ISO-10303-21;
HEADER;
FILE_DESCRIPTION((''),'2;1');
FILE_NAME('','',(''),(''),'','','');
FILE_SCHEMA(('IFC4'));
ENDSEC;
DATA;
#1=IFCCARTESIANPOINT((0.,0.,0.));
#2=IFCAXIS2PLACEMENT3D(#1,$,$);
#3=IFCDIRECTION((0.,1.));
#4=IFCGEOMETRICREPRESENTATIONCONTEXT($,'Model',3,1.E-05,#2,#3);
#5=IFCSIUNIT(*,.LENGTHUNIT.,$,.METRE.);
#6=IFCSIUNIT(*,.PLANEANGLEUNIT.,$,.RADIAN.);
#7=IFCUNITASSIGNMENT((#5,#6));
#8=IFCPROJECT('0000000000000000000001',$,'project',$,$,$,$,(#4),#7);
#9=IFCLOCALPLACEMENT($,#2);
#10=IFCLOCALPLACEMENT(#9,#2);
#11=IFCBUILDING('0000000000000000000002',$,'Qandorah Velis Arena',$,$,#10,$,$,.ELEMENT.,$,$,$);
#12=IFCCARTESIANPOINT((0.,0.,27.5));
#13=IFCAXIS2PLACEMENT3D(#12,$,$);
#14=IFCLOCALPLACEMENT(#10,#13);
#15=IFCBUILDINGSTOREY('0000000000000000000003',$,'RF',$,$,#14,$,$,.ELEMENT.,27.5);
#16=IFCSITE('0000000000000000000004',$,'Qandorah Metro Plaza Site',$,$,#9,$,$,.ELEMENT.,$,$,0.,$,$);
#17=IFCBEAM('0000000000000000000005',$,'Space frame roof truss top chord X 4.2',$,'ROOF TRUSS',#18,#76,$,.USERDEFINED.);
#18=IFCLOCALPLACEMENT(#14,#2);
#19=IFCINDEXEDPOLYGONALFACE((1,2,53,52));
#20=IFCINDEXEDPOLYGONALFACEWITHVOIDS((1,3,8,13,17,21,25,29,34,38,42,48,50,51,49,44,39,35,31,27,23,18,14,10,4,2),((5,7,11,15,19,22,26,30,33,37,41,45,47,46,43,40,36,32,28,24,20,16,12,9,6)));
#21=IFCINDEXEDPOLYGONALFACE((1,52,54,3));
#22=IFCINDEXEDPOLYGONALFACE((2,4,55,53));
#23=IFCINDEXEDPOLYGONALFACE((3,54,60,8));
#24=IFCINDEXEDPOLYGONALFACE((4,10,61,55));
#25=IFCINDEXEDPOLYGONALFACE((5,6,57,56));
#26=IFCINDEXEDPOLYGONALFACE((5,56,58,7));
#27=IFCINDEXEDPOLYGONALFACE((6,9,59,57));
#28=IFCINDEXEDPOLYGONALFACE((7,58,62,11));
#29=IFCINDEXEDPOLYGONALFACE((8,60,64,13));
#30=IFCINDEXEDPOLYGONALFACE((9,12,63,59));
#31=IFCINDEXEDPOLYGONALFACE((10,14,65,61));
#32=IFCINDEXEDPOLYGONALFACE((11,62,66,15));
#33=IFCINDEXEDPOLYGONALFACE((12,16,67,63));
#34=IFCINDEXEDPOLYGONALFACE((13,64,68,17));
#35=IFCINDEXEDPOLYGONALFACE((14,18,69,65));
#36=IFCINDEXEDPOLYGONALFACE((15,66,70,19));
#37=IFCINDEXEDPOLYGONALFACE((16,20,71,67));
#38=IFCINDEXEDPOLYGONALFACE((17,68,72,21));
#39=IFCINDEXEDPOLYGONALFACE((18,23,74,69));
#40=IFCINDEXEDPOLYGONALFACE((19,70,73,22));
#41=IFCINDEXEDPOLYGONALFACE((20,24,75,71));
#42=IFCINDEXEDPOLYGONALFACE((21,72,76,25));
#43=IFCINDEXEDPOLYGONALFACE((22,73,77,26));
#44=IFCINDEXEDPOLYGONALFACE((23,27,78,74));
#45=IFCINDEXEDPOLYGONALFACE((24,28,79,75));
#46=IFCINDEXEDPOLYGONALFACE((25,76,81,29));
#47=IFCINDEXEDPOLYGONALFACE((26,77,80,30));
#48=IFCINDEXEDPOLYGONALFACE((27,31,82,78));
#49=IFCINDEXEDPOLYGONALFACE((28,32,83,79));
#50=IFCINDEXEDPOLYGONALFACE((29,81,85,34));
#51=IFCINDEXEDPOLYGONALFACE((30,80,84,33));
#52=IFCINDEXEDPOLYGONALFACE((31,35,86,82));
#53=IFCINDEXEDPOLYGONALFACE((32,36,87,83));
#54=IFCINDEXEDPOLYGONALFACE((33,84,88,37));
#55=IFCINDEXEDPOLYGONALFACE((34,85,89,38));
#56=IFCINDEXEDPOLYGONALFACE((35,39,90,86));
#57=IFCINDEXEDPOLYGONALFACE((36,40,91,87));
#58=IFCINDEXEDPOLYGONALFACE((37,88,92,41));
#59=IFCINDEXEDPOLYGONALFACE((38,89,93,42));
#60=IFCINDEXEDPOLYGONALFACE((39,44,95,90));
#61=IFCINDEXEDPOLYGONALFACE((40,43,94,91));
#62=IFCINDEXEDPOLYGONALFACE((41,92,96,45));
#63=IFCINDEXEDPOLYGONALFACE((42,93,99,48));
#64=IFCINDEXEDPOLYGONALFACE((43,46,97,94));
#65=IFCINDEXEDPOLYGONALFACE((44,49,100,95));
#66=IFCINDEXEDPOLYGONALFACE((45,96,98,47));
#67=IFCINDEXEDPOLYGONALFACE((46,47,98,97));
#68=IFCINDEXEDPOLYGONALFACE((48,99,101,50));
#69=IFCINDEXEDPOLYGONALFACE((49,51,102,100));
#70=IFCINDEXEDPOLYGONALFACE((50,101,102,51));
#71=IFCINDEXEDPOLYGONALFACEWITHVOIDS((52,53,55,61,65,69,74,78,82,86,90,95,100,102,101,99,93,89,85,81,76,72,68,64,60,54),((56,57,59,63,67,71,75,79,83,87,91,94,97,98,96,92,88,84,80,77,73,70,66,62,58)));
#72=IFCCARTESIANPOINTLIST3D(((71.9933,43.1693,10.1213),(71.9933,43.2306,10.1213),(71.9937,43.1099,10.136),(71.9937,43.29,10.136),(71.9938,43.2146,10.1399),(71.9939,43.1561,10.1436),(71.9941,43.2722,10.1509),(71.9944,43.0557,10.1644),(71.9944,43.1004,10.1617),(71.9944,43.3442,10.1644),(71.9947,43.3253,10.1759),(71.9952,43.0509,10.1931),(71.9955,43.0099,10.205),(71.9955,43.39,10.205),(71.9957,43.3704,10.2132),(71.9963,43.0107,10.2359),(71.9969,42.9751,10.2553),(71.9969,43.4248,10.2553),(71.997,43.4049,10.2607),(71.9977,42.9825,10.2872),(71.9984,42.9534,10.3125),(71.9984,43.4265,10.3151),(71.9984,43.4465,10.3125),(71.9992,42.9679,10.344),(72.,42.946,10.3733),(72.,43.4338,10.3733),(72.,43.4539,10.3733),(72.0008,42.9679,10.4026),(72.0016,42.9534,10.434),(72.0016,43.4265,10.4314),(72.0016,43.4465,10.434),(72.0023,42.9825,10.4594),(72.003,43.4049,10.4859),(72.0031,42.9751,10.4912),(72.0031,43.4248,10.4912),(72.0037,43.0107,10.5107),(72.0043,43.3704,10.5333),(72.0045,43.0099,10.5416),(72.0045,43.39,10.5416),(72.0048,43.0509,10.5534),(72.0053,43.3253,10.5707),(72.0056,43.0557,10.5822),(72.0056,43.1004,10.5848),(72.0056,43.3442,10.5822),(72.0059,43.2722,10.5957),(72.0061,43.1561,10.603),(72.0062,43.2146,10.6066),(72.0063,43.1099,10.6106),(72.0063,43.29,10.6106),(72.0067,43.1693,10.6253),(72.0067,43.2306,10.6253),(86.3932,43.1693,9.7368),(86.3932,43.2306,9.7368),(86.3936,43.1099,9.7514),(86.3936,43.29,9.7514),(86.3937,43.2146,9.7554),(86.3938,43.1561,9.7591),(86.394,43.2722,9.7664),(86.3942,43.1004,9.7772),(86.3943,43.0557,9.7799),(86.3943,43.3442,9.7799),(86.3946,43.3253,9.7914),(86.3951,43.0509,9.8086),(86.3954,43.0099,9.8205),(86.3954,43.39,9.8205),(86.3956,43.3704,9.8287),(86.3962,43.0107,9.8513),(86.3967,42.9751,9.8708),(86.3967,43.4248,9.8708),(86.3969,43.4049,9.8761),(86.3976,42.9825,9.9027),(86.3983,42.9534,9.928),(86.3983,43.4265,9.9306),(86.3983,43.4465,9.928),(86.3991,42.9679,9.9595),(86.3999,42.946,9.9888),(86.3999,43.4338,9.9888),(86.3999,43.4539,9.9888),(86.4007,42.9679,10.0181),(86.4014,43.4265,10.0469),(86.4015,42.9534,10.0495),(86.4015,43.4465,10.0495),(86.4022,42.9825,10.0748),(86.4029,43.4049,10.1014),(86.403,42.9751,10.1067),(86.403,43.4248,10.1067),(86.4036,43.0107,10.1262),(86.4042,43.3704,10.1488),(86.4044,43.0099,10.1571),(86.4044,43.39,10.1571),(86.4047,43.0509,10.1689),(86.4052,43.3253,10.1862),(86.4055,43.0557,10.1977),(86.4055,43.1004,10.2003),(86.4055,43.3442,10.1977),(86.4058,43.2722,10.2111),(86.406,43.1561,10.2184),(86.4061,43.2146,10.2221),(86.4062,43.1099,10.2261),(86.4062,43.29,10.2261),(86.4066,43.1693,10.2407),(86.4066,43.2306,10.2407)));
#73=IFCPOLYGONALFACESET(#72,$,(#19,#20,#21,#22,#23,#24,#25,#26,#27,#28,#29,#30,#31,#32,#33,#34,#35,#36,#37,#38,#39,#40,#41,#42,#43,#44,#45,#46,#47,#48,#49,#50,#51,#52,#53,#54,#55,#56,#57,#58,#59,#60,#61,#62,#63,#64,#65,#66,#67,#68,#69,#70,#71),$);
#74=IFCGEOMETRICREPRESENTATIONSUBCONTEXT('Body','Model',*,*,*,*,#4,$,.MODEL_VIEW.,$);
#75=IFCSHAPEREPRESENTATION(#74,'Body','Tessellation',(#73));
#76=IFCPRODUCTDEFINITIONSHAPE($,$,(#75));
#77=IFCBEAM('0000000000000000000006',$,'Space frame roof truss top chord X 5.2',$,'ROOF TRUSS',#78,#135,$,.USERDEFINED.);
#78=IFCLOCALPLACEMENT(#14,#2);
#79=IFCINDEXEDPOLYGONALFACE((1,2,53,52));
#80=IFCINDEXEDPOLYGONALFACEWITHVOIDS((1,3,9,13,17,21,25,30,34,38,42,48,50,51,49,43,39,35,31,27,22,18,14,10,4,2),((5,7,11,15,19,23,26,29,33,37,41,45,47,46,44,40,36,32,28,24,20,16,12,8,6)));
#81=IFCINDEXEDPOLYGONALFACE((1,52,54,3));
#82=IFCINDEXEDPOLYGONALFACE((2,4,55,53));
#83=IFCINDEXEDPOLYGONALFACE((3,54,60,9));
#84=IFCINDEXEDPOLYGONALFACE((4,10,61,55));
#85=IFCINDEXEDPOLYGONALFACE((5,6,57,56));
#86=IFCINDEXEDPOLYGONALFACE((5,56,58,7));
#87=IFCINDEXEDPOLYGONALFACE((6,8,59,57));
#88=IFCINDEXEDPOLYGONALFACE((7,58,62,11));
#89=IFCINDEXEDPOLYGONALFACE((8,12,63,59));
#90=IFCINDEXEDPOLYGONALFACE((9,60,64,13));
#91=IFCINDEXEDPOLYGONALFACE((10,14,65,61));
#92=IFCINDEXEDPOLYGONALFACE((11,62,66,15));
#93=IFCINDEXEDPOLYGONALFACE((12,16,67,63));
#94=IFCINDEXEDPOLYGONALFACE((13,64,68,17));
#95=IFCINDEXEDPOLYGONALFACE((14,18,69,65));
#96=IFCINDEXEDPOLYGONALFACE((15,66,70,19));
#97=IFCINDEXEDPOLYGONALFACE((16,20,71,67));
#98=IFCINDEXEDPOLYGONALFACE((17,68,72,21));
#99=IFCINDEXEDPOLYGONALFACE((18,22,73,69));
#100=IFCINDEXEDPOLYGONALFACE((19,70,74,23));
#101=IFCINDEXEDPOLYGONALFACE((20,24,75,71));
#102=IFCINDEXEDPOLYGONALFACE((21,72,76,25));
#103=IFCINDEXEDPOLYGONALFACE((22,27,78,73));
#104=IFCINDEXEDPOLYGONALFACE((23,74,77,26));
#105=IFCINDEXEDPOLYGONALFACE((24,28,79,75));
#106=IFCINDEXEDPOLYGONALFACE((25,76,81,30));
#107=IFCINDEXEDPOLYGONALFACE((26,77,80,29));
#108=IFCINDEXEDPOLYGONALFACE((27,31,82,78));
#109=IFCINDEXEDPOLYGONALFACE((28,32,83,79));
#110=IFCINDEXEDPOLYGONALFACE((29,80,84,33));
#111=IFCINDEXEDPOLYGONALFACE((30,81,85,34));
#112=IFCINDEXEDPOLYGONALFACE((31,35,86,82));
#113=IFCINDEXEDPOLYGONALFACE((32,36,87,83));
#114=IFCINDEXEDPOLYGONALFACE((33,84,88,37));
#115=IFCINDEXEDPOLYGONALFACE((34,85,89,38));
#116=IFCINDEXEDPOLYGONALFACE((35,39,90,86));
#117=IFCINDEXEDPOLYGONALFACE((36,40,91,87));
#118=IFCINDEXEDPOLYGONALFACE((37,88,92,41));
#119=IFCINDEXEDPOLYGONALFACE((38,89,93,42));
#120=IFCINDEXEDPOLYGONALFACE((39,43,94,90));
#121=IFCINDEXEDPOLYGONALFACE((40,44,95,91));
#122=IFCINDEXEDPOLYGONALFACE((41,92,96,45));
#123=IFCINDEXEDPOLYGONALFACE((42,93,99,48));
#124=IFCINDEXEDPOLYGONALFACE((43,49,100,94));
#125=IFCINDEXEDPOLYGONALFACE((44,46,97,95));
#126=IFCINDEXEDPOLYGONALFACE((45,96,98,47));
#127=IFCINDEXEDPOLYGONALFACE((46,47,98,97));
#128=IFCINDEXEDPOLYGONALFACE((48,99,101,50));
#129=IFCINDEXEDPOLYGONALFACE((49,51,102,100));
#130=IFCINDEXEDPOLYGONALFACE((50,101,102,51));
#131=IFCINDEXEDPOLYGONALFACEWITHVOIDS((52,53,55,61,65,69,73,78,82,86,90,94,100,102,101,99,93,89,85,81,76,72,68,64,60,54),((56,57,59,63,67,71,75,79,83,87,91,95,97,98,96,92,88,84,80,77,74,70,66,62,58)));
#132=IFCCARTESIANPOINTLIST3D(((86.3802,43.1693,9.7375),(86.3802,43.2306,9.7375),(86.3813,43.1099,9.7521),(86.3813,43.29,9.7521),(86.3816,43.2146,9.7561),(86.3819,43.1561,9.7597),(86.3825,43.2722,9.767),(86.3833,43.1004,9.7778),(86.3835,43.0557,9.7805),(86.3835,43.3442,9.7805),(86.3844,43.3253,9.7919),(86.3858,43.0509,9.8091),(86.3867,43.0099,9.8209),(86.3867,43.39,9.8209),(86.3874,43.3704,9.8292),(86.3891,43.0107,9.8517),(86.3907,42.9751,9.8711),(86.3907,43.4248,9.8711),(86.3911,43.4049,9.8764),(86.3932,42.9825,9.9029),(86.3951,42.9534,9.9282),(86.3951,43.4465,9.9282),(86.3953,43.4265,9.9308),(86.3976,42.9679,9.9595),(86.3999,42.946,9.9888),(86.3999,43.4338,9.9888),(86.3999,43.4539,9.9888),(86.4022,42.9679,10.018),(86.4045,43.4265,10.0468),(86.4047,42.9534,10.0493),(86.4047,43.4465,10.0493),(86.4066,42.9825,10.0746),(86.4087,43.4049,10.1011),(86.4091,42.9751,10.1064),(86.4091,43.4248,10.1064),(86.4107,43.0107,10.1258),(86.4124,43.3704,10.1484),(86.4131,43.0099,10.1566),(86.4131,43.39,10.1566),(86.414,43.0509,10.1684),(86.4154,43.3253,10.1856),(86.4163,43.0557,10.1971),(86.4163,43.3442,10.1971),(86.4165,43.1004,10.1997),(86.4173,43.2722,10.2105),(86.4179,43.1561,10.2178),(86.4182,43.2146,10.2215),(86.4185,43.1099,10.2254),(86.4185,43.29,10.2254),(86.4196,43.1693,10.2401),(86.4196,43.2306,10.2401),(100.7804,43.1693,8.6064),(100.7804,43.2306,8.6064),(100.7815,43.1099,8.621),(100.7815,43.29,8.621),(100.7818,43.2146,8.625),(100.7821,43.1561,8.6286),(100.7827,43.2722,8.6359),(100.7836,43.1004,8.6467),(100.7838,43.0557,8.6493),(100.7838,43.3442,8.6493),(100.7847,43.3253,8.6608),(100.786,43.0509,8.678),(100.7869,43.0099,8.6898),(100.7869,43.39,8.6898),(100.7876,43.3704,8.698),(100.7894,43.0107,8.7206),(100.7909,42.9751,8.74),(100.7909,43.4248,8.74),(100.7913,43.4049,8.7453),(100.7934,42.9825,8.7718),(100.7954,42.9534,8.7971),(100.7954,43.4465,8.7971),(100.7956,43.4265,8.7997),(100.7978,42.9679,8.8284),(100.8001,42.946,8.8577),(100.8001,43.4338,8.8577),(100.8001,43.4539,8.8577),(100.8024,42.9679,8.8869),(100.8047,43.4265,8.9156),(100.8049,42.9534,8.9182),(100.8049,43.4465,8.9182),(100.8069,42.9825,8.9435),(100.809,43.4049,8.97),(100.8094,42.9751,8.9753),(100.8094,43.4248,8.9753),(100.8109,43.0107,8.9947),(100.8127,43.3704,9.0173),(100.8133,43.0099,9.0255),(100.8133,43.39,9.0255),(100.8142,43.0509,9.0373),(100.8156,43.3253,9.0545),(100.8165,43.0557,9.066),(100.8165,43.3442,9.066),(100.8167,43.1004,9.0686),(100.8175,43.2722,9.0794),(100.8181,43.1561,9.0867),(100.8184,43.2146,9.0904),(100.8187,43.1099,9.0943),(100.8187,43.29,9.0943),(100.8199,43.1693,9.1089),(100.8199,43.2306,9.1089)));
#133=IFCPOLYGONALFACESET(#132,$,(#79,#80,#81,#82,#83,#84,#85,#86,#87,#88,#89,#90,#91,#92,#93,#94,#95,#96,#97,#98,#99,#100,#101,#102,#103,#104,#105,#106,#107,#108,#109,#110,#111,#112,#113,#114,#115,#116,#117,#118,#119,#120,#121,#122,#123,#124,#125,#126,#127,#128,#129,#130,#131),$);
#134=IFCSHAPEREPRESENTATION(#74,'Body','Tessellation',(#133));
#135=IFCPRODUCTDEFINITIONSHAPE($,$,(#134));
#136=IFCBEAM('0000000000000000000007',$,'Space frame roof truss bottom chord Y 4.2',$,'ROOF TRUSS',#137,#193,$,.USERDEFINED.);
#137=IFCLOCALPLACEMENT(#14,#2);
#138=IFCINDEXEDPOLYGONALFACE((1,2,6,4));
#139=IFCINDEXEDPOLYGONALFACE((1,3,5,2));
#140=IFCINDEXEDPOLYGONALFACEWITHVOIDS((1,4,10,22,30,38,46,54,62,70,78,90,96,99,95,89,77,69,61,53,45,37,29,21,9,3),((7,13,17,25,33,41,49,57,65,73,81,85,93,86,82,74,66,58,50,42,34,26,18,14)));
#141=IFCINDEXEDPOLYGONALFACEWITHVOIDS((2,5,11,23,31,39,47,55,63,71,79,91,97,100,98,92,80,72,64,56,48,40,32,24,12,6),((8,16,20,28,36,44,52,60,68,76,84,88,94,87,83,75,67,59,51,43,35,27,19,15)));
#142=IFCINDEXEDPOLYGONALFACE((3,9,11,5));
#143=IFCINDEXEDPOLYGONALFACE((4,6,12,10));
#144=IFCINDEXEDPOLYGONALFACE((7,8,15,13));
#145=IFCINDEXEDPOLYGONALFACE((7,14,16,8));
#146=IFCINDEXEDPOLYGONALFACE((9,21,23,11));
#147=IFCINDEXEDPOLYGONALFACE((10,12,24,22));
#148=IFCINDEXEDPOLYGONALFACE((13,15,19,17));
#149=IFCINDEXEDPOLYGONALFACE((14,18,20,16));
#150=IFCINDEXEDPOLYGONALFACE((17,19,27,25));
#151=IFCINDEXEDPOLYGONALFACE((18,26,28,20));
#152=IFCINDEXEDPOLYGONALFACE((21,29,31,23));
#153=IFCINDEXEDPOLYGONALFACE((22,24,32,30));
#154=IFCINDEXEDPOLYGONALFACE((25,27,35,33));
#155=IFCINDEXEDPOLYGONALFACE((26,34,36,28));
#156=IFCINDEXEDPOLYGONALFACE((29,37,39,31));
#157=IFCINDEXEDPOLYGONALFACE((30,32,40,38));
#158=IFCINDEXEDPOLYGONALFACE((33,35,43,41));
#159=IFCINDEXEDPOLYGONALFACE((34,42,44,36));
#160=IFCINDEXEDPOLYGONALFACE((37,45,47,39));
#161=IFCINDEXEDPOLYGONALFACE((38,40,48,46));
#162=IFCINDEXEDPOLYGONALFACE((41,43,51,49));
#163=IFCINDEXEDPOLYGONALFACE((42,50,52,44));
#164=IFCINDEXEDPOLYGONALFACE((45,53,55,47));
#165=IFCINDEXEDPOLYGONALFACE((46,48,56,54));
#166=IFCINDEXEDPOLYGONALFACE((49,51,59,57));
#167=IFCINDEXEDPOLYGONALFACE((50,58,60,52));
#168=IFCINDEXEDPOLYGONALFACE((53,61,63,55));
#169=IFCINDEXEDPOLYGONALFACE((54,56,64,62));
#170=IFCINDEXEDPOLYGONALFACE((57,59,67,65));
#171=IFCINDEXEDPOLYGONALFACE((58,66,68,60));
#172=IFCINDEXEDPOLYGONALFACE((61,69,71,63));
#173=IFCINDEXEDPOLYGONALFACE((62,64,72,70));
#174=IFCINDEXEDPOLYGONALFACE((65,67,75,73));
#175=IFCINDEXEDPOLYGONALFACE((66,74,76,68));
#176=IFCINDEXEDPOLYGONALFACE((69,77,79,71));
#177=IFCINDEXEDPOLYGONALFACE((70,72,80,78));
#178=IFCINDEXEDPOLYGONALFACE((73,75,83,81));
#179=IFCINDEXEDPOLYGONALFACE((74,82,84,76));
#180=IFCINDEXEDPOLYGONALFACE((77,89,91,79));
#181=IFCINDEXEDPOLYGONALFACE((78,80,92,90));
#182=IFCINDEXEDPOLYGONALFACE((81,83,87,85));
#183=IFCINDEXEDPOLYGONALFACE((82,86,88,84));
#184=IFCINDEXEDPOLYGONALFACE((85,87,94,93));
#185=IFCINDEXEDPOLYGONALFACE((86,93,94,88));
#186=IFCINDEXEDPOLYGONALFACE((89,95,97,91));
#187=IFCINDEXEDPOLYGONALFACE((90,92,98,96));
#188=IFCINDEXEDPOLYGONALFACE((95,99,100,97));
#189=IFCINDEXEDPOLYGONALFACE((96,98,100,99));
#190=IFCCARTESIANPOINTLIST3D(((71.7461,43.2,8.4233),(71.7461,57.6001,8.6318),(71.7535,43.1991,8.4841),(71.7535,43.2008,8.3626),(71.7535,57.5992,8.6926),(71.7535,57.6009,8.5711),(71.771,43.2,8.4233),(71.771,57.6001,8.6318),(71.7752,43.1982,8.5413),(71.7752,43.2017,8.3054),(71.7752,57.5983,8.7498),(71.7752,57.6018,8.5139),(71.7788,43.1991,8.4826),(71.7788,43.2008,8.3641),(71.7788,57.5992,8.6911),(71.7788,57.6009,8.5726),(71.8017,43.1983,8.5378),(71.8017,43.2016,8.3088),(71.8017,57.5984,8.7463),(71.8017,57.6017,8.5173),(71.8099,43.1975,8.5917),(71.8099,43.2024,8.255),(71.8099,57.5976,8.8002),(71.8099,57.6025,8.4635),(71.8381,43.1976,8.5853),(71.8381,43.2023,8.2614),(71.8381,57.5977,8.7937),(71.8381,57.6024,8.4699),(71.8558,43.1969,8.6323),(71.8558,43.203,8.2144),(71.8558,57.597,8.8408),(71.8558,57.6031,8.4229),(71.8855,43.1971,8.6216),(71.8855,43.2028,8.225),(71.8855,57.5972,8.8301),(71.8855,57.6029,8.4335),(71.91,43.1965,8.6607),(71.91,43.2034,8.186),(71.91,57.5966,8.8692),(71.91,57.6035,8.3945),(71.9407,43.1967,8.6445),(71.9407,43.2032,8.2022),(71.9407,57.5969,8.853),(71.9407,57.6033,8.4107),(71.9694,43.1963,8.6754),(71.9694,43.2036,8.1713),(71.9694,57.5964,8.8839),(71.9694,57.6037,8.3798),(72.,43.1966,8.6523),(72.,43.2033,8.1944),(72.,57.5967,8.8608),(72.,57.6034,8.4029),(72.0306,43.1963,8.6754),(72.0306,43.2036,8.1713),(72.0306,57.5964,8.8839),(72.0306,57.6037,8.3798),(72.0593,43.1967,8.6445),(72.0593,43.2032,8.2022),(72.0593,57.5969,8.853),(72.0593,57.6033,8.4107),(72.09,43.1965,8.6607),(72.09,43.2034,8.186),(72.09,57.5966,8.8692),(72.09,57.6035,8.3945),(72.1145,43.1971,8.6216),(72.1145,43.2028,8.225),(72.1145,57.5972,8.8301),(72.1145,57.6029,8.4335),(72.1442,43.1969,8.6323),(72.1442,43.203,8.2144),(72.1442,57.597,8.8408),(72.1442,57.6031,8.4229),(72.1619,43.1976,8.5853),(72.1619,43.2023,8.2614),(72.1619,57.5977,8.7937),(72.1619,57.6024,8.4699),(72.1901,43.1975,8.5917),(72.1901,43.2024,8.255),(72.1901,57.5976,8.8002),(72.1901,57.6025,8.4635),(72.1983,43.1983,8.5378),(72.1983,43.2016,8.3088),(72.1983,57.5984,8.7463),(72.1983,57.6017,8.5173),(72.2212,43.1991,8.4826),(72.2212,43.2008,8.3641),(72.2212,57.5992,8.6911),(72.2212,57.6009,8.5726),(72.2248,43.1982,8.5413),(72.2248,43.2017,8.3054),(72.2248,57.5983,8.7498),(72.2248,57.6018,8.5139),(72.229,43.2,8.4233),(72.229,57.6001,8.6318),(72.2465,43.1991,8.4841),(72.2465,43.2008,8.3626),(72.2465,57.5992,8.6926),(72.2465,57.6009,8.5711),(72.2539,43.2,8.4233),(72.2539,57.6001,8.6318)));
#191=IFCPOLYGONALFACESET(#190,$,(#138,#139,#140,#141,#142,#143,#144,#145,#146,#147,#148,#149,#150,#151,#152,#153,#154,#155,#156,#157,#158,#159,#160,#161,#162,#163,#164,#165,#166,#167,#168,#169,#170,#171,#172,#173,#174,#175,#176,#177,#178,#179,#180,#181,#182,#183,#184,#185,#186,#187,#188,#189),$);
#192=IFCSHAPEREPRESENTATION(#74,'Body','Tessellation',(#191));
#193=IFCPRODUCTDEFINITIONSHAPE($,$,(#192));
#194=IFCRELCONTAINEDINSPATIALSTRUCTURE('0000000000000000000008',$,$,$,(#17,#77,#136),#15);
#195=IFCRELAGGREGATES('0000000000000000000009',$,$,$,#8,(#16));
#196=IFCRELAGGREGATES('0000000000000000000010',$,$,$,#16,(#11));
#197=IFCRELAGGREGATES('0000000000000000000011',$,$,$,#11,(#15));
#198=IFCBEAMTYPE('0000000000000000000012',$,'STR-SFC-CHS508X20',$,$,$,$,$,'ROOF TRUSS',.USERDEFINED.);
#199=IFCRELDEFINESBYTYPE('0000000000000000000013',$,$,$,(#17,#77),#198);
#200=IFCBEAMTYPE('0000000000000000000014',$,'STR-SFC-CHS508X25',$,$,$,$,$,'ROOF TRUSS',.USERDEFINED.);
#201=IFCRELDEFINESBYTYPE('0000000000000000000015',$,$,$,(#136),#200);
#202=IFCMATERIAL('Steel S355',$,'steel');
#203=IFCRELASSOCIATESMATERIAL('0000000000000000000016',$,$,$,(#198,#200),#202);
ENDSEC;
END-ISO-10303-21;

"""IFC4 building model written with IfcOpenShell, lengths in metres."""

from ifc_helpers import new_model, si_unit, direction, frame, origin, origin_2d, place, context, subcontext, project, spatial, hollow_circle, extrude, material, material_profile, profile_set, type_object, element, save


model = new_model("IFC4")

# Units and contexts
model_context = context("Model", 3, precision=1e-05, world=origin(), true_north=direction((0.0, 1.0)))
body_context = subcontext(model_context, "Body", "Model", "MODEL_VIEW")
ifc_project = project(units=[si_unit("LENGTHUNIT", "METRE"), si_unit("PLANEANGLEUNIT", "RADIAN")], contexts=[model_context])

# Site, building, storey
site_placement = place(None, origin())
site = spatial("IfcSite", under=ifc_project, at=site_placement, Name="Qandorah Metro Plaza Site", CompositionType="ELEMENT", RefElevation=0.0)
building_placement = place(site_placement, origin())
building = spatial("IfcBuilding", under=site, at=building_placement, Name="Qandorah Velis Arena", CompositionType="ELEMENT")
storey_placement = place(building_placement, frame((0.0, 0.0, 27.5)))
storey = spatial("IfcBuildingStorey", under=building, at=storey_placement, Name="RF", CompositionType="ELEMENT", Elevation=27.5)

# Shared definitions
ifc_material_1 = material(Name="Steel S355", Category="steel")

# Beams
ifc_material_profile_1 = material_profile(ifc_material_1, hollow_circle(Radius=0.2539, WallThickness=0.02, at=origin_2d()), Name="CHS 508x20")
ifc_profile_set_1 = profile_set([ifc_material_profile_1], Name="Steel S355")
beam_type_1 = type_object("IfcBeamType", Name="STR-SFC-CHS508X20", ElementType="ROOF TRUSS", PredefinedType="USERDEFINED", material=ifc_profile_set_1)
beam_1_placement = place(storey_placement, frame((72.0, 43.2, 10.3733), z_axis=(0.999644, 0.0, -0.026694), x_axis=(0.0, 1.0, 0.0)))
element("IfcBeam", 1, at=beam_1_placement, inside=storey, type_object=beam_type_1, Name="Space frame roof truss top chord X 4.2", ObjectType="ROOF TRUSS", PredefinedType="USERDEFINED", context=body_context, shape_type="SweptSolid", body=[
    extrude(hollow_circle(Radius=0.2539, WallThickness=0.02, at=origin_2d()), origin(), (0.0, 0.0, 1.0), 14.405),
])
beam_2_placement = place(storey_placement, frame((86.3999, 43.2, 9.9888), z_axis=(0.996929, 0.0, -0.078307), x_axis=(0.0, 1.0, 0.0)))
element("IfcBeam", 2, at=beam_2_placement, inside=storey, type_object=beam_type_1, Name="Space frame roof truss top chord X 5.2", ObjectType="ROOF TRUSS", PredefinedType="USERDEFINED", context=body_context, shape_type="SweptSolid", body=[
    extrude(hollow_circle(Radius=0.2539, WallThickness=0.02, at=origin_2d()), origin(), (0.0, 0.0, 1.0), 14.4446),
])
ifc_material_profile_2 = material_profile(ifc_material_1, hollow_circle(Radius=0.2539, WallThickness=0.0249, at=origin_2d()), Name="CHS 508x25")
ifc_profile_set_2 = profile_set([ifc_material_profile_2], Name="Steel S355")
beam_type_2 = type_object("IfcBeamType", Name="STR-SFC-CHS508X25", ElementType="ROOF TRUSS", PredefinedType="USERDEFINED", material=ifc_profile_set_2)
beam_3_placement = place(storey_placement, frame((72.0, 43.2, 8.4233), z_axis=(0.0, 0.999895, 0.014477), x_axis=(-1.0, 0.0, 0.0)))
element("IfcBeam", 3, at=beam_3_placement, inside=storey, type_object=beam_type_2, Name="Space frame roof truss bottom chord Y 4.2", ObjectType="ROOF TRUSS", PredefinedType="USERDEFINED", context=body_context, shape_type="SweptSolid", body=[
    extrude(hollow_circle(Radius=0.2539, WallThickness=0.0249, at=origin_2d()), origin(), (0.0, 0.0, 1.0), 14.4016),
])

save(model, "model.ifc")
